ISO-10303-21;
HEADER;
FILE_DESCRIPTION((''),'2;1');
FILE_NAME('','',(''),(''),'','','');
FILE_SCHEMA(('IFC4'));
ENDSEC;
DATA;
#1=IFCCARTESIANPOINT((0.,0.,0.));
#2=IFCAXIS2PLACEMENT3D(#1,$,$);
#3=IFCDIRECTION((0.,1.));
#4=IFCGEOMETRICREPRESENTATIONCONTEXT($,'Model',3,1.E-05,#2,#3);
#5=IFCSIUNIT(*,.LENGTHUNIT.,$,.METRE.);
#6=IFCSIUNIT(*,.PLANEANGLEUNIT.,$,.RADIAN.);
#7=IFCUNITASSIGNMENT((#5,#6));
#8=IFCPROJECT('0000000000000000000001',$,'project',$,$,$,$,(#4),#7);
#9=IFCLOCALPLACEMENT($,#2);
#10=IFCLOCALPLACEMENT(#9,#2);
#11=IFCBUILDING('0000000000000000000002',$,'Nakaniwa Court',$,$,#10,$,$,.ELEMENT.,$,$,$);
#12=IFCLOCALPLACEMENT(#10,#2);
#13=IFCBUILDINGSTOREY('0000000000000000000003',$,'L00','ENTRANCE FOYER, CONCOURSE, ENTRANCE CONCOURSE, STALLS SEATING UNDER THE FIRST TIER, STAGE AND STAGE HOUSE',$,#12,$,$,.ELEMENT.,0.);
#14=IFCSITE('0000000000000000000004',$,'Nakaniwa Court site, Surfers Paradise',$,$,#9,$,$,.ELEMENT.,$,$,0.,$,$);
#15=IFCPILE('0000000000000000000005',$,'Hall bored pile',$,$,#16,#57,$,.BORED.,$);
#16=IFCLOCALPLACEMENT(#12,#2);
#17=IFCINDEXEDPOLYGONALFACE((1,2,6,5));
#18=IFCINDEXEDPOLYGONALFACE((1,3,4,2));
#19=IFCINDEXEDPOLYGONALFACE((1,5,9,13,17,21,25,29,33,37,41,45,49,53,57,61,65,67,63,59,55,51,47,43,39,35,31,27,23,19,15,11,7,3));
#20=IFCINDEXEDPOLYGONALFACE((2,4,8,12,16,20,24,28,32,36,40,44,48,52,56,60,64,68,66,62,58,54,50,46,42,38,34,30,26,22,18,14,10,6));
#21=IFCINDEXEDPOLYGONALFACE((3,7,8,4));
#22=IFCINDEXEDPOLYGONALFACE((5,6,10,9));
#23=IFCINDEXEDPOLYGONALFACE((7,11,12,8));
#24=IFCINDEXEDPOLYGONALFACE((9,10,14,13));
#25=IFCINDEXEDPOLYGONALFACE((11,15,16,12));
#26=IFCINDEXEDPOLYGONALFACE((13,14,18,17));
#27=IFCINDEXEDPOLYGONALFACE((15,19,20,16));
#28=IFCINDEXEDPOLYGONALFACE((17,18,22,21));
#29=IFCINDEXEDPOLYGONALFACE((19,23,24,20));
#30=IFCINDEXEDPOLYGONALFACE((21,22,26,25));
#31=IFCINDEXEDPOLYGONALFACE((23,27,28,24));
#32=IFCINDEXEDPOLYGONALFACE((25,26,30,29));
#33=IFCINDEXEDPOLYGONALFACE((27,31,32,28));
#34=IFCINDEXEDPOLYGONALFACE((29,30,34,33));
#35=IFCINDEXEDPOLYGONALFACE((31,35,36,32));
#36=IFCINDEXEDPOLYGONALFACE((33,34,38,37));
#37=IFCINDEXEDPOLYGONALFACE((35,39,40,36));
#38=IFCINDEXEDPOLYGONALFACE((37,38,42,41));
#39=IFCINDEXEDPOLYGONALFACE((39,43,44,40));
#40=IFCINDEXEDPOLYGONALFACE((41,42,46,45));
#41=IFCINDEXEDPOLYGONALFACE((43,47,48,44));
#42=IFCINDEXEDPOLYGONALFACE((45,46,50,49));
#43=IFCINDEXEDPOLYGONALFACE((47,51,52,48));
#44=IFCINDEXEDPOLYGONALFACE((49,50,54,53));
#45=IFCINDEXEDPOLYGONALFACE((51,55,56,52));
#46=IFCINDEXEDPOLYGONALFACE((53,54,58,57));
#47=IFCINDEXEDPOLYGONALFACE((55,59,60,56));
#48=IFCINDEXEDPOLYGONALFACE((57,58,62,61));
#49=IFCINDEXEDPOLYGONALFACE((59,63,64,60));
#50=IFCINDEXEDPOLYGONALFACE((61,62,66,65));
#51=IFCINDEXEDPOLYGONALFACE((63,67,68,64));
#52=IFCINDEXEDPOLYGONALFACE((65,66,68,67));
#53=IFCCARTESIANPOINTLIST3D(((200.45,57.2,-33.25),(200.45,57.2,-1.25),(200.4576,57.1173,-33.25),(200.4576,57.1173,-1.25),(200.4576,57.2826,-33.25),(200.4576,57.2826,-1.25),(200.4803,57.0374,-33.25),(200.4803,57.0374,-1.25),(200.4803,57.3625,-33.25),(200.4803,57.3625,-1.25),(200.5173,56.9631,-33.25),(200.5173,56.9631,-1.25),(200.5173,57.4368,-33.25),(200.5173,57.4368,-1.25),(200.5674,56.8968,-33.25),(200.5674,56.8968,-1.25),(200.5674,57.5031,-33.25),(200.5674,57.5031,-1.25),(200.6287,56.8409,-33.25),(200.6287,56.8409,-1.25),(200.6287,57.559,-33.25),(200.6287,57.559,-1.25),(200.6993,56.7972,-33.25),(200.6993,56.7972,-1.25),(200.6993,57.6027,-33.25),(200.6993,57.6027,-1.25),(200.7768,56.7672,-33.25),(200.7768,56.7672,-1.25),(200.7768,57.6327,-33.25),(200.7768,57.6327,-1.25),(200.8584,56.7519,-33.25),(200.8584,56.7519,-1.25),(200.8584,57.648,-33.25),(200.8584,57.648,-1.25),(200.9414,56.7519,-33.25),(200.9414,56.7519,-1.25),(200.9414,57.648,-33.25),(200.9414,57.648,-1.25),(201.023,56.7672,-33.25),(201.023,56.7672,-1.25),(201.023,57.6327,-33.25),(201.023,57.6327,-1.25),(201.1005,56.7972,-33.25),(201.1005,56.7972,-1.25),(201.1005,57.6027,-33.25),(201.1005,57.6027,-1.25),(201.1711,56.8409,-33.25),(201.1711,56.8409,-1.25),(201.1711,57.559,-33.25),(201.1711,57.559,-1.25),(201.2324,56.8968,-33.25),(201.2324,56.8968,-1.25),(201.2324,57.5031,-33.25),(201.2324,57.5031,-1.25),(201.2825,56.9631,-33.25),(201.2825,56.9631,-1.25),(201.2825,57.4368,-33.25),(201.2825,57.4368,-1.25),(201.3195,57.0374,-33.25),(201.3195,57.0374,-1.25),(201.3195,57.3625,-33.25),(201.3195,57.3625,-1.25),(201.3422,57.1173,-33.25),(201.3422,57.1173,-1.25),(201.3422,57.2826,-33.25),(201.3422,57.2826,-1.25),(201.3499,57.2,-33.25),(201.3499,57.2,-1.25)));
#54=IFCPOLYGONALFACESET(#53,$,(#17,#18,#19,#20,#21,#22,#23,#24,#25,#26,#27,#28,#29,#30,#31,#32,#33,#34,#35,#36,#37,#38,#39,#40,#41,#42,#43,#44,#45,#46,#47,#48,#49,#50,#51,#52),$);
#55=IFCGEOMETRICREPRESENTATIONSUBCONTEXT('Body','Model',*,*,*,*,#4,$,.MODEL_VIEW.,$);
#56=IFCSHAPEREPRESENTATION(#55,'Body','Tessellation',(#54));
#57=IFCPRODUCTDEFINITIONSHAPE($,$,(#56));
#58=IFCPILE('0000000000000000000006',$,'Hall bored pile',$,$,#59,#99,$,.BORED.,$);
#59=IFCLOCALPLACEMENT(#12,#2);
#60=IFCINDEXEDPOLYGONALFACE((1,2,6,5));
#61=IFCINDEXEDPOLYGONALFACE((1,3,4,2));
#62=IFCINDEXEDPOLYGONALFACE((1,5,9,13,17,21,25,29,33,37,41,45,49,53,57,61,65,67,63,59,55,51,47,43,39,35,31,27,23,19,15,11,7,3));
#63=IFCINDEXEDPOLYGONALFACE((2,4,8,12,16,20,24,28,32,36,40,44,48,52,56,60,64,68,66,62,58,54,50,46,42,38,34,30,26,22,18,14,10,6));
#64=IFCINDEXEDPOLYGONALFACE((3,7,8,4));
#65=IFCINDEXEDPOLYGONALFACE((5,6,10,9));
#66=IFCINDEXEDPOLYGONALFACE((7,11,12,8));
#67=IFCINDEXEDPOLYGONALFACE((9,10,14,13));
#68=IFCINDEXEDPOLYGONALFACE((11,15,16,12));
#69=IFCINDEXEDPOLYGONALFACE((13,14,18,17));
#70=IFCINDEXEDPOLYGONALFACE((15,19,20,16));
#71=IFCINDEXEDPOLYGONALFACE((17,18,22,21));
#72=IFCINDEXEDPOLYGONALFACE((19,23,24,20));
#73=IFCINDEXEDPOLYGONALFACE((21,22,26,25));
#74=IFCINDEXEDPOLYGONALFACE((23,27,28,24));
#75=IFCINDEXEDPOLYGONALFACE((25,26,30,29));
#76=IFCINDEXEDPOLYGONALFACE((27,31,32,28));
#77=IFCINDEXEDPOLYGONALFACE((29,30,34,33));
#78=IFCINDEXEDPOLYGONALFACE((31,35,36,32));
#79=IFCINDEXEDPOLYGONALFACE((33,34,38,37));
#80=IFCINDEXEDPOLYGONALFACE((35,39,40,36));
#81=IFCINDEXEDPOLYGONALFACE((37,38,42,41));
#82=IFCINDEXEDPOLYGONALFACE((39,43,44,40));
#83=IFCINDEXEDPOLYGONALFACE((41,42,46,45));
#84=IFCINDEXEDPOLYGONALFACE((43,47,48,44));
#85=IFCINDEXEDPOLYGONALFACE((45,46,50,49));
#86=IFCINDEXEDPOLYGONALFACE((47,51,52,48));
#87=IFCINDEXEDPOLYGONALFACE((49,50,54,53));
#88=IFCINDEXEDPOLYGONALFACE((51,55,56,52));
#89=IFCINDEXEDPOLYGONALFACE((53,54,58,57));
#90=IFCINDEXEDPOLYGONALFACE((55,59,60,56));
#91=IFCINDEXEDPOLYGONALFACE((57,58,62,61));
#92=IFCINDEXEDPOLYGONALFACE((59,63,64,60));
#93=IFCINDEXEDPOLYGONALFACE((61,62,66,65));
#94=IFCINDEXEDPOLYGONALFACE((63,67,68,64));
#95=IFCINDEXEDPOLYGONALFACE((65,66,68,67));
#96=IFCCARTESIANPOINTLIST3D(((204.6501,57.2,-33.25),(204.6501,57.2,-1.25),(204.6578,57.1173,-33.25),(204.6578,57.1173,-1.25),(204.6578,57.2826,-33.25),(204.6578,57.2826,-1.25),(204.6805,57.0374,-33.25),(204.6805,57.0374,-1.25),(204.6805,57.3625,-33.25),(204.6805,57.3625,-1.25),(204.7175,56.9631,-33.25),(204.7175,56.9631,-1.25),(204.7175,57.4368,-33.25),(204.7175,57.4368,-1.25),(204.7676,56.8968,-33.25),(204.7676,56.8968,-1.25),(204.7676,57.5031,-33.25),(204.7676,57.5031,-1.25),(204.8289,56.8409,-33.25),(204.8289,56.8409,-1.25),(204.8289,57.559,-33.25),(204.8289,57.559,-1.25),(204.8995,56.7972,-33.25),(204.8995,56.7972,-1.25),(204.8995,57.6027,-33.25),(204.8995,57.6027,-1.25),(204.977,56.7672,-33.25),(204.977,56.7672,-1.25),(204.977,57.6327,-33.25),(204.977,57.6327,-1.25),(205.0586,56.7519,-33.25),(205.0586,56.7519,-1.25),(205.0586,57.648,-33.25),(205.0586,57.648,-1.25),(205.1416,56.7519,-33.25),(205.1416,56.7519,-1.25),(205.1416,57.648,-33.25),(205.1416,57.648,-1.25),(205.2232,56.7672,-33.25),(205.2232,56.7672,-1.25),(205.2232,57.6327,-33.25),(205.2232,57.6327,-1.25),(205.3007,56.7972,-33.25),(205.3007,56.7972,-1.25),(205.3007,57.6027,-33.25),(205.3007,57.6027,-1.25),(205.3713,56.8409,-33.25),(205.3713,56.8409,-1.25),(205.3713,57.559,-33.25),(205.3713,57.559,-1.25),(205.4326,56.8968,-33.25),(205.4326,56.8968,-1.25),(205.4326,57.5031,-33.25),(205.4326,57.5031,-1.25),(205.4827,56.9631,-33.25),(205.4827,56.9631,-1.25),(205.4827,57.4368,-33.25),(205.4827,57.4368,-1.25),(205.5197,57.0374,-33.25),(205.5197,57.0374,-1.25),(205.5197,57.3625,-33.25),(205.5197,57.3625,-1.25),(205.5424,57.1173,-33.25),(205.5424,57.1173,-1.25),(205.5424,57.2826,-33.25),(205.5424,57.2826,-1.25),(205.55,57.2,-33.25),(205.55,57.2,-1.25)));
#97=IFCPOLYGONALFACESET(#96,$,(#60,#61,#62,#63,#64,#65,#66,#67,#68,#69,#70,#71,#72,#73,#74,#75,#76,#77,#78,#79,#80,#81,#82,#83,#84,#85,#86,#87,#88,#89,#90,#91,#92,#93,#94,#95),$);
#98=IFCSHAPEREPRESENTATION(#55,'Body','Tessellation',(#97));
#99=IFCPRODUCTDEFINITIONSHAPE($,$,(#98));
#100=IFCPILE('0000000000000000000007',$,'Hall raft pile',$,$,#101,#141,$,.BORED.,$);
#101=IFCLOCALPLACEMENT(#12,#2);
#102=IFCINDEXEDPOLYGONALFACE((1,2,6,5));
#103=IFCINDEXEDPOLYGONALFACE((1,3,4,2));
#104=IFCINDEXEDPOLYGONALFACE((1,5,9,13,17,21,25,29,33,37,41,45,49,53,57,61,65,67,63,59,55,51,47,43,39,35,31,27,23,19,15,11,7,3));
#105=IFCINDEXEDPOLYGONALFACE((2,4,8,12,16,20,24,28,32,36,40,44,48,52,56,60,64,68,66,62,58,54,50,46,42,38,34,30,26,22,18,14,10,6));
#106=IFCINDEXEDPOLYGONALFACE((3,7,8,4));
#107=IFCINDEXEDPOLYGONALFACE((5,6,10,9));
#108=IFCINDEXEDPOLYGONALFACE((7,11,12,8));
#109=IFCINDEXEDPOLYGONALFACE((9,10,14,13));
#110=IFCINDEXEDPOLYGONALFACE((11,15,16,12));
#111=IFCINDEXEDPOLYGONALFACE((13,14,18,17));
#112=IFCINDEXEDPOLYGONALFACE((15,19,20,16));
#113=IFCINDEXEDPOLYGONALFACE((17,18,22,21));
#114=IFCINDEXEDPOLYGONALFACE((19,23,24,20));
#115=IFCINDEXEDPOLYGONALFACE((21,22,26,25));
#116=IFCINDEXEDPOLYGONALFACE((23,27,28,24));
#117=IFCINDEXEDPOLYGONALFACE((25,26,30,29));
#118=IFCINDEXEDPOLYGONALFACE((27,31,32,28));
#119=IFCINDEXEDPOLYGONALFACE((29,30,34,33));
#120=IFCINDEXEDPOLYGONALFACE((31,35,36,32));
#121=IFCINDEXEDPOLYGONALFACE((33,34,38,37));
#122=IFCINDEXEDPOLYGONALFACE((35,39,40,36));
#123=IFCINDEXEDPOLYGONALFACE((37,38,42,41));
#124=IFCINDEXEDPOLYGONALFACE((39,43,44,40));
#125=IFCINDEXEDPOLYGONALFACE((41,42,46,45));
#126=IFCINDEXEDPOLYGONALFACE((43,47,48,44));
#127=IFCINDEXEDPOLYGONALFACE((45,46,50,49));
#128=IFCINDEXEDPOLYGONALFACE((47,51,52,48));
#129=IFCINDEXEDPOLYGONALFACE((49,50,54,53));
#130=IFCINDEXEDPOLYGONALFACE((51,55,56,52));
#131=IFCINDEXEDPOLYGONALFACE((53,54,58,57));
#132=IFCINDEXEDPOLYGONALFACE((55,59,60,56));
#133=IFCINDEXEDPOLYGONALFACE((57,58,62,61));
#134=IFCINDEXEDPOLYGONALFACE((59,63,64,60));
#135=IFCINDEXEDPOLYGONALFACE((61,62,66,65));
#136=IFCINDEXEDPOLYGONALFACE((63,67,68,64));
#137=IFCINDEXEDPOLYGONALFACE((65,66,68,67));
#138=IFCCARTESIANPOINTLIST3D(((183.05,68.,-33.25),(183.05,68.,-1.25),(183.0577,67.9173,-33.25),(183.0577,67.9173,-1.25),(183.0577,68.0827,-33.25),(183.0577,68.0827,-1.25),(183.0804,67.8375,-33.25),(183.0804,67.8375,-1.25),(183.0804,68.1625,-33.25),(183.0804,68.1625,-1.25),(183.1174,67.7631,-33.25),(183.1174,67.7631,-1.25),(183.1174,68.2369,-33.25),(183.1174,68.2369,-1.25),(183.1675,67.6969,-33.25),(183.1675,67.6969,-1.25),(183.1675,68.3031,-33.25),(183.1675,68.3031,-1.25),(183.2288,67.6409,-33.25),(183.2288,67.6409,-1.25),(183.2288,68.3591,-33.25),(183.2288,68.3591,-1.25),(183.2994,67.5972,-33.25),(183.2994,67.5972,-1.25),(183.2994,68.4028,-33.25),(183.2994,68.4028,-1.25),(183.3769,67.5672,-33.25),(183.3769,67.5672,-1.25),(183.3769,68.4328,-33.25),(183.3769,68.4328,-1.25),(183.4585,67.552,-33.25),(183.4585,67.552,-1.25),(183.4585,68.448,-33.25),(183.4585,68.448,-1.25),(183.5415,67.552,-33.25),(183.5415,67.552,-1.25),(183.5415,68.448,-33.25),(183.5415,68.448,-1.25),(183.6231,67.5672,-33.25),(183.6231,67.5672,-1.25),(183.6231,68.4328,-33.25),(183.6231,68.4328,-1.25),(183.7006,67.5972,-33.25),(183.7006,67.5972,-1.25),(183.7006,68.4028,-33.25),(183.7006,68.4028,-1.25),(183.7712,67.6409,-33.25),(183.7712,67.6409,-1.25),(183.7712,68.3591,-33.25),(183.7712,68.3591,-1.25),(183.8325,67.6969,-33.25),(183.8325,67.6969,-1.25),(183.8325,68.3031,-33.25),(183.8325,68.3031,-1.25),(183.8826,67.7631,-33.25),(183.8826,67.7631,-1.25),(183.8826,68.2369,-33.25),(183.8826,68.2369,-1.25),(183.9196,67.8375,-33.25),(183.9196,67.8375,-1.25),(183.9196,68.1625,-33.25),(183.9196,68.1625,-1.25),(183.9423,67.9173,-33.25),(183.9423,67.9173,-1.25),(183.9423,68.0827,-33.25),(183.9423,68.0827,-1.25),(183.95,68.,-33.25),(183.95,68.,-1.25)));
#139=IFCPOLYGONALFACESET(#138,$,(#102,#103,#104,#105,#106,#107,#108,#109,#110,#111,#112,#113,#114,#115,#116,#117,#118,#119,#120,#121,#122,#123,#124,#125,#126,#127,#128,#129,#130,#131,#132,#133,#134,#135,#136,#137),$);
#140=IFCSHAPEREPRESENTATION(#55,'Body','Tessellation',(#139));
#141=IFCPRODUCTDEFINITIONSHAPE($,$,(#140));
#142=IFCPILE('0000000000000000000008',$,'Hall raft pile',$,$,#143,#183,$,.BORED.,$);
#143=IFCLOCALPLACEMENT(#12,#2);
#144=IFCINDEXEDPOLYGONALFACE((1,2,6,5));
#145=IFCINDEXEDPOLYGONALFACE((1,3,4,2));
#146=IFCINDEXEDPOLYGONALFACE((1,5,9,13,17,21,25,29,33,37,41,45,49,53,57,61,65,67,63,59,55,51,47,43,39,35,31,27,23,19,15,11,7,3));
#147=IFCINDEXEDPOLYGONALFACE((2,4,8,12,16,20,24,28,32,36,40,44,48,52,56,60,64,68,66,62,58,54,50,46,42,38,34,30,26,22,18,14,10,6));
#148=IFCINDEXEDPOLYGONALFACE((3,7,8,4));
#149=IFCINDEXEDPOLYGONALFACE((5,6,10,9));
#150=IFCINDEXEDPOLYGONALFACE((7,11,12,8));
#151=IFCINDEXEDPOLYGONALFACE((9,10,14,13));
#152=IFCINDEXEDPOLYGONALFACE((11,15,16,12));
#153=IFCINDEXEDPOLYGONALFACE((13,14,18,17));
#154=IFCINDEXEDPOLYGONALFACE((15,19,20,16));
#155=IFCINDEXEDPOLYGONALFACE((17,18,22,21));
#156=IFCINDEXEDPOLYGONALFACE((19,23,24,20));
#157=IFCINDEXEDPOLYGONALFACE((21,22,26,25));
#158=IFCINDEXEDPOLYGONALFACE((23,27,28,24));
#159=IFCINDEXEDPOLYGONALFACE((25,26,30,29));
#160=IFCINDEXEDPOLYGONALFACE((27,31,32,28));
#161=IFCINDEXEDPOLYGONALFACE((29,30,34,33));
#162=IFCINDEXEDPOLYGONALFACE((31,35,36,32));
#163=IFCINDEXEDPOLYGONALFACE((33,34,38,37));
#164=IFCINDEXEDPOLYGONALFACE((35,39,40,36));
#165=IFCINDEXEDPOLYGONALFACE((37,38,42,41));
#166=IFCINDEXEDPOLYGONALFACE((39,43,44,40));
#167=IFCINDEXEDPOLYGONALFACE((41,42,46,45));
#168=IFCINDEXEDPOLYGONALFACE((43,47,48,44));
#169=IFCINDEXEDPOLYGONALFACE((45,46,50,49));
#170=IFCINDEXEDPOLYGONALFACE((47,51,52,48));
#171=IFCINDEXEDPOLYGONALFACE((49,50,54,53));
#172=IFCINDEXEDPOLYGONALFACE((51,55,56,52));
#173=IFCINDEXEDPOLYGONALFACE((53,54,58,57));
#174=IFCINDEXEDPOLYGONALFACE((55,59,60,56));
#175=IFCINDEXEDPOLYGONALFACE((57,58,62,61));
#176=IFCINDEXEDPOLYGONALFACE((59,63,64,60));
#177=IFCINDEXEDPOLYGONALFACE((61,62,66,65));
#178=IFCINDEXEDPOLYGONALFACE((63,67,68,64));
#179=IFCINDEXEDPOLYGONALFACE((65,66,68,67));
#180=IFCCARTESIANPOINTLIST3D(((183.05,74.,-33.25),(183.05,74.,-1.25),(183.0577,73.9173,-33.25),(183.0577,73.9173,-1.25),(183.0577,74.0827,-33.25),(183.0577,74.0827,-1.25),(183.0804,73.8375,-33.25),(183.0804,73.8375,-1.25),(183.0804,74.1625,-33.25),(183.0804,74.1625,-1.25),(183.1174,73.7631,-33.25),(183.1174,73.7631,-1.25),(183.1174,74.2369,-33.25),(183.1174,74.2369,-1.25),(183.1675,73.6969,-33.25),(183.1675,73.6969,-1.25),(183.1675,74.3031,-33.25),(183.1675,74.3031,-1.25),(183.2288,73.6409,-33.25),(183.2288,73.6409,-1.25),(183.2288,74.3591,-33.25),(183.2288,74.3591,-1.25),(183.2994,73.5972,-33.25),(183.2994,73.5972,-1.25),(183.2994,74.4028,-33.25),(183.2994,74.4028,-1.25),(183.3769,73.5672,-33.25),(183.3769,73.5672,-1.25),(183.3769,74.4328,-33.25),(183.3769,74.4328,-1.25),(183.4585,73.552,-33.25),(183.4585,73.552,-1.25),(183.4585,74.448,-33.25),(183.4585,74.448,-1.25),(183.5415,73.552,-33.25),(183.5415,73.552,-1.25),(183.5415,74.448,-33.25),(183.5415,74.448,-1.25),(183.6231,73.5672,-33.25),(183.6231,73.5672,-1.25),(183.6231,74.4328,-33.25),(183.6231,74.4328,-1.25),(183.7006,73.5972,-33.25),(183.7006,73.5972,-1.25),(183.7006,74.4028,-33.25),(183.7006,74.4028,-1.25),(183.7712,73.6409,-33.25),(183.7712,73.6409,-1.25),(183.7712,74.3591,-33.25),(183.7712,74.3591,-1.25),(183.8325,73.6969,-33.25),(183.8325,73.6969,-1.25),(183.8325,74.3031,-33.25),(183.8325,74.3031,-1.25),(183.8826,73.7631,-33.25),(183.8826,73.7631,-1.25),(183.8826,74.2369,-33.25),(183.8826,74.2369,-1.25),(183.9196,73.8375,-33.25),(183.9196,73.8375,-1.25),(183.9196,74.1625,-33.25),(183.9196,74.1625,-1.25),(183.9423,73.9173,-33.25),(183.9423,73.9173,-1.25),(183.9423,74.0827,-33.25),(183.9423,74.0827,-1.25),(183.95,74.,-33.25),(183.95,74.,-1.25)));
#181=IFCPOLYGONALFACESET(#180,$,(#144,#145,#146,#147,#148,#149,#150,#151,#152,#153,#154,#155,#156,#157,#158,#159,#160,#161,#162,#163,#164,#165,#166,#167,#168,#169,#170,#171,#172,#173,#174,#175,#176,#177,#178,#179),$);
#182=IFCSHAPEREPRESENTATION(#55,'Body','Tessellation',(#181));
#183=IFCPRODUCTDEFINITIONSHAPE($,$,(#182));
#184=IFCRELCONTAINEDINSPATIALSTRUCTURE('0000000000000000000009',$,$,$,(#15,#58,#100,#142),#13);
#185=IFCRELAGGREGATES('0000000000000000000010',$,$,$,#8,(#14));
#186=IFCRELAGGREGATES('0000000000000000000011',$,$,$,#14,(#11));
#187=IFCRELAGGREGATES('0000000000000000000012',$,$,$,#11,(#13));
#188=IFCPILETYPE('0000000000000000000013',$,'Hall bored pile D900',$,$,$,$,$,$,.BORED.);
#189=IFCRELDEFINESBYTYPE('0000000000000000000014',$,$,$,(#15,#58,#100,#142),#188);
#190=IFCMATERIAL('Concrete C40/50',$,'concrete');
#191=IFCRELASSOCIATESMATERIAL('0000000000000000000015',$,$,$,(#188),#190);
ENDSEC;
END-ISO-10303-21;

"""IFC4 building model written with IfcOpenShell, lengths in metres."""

from ifc_helpers import new_model, si_unit, direction, frame, origin, origin_2d, place, context, subcontext, project, spatial, circle, extrude, material, material_profile, profile_set, type_object, element, save


model = new_model("IFC4")

# Units and contexts
model_context = context("Model", 3, precision=1e-05, world=origin(), true_north=direction((0.0, 1.0)))
body_context = subcontext(model_context, "Body", "Model", "MODEL_VIEW")
ifc_project = project(units=[si_unit("LENGTHUNIT", "METRE"), si_unit("PLANEANGLEUNIT", "RADIAN")], contexts=[model_context])

# Site, building, storey
site_placement = place(None, origin())
site = spatial("IfcSite", under=ifc_project, at=site_placement, Name="Nakaniwa Court site, Surfers Paradise", CompositionType="ELEMENT", RefElevation=0.0)
building_placement = place(site_placement, origin())
building = spatial("IfcBuilding", under=site, at=building_placement, Name="Nakaniwa Court", CompositionType="ELEMENT")
storey_placement = place(building_placement, origin())
storey = spatial("IfcBuildingStorey", under=building, at=storey_placement, Name="L00", Description="ENTRANCE FOYER, CONCOURSE, ENTRANCE CONCOURSE, STALLS SEATING UNDER THE FIRST TIER, STAGE AND STAGE HOUSE", CompositionType="ELEMENT", Elevation=0.0)

# Piles
ifc_material_1 = material(Name="Concrete C40/50", Category="concrete")
ifc_material_profile = material_profile(ifc_material_1, circle(Radius=0.45, at=origin_2d()), Name="Bored pile D900")
ifc_profile_set = profile_set([ifc_material_profile], Name="Concrete C40/50")
pile_type = type_object("IfcPileType", Name="Hall bored pile D900", PredefinedType="BORED", material=ifc_profile_set)
for number, where, z_axis, x_axis, name in (
    (1, (200.8999, 57.2, -1.25), (0.0, 0.0, -1.0), (1.0, 0.0, 0.0), "Hall bored pile"),
    (2, (205.1001, 57.2, -1.25), (0.0, 0.0, -1.0), (1.0, 0.0, 0.0), "Hall bored pile"),
    (3, (183.5, 68.0, -1.25), (0.0, 0.0, -1.0), (1.0, 0.0, 0.0), "Hall raft pile"),
    (4, (183.5, 74.0, -1.25), (0.0, 0.0, -1.0), (1.0, 0.0, 0.0), "Hall raft pile"),
):
    element("IfcPile", number, at=place(storey_placement, frame(where, z_axis=z_axis, x_axis=x_axis)), inside=storey, type_object=pile_type, Name=name, PredefinedType="BORED", context=body_context, shape_type="SweptSolid", body=[
        extrude(circle(Radius=0.45, at=origin_2d()), origin(), (0.0, 0.0, 1.0), 32.0),
    ])

save(model, "model.ifc")
